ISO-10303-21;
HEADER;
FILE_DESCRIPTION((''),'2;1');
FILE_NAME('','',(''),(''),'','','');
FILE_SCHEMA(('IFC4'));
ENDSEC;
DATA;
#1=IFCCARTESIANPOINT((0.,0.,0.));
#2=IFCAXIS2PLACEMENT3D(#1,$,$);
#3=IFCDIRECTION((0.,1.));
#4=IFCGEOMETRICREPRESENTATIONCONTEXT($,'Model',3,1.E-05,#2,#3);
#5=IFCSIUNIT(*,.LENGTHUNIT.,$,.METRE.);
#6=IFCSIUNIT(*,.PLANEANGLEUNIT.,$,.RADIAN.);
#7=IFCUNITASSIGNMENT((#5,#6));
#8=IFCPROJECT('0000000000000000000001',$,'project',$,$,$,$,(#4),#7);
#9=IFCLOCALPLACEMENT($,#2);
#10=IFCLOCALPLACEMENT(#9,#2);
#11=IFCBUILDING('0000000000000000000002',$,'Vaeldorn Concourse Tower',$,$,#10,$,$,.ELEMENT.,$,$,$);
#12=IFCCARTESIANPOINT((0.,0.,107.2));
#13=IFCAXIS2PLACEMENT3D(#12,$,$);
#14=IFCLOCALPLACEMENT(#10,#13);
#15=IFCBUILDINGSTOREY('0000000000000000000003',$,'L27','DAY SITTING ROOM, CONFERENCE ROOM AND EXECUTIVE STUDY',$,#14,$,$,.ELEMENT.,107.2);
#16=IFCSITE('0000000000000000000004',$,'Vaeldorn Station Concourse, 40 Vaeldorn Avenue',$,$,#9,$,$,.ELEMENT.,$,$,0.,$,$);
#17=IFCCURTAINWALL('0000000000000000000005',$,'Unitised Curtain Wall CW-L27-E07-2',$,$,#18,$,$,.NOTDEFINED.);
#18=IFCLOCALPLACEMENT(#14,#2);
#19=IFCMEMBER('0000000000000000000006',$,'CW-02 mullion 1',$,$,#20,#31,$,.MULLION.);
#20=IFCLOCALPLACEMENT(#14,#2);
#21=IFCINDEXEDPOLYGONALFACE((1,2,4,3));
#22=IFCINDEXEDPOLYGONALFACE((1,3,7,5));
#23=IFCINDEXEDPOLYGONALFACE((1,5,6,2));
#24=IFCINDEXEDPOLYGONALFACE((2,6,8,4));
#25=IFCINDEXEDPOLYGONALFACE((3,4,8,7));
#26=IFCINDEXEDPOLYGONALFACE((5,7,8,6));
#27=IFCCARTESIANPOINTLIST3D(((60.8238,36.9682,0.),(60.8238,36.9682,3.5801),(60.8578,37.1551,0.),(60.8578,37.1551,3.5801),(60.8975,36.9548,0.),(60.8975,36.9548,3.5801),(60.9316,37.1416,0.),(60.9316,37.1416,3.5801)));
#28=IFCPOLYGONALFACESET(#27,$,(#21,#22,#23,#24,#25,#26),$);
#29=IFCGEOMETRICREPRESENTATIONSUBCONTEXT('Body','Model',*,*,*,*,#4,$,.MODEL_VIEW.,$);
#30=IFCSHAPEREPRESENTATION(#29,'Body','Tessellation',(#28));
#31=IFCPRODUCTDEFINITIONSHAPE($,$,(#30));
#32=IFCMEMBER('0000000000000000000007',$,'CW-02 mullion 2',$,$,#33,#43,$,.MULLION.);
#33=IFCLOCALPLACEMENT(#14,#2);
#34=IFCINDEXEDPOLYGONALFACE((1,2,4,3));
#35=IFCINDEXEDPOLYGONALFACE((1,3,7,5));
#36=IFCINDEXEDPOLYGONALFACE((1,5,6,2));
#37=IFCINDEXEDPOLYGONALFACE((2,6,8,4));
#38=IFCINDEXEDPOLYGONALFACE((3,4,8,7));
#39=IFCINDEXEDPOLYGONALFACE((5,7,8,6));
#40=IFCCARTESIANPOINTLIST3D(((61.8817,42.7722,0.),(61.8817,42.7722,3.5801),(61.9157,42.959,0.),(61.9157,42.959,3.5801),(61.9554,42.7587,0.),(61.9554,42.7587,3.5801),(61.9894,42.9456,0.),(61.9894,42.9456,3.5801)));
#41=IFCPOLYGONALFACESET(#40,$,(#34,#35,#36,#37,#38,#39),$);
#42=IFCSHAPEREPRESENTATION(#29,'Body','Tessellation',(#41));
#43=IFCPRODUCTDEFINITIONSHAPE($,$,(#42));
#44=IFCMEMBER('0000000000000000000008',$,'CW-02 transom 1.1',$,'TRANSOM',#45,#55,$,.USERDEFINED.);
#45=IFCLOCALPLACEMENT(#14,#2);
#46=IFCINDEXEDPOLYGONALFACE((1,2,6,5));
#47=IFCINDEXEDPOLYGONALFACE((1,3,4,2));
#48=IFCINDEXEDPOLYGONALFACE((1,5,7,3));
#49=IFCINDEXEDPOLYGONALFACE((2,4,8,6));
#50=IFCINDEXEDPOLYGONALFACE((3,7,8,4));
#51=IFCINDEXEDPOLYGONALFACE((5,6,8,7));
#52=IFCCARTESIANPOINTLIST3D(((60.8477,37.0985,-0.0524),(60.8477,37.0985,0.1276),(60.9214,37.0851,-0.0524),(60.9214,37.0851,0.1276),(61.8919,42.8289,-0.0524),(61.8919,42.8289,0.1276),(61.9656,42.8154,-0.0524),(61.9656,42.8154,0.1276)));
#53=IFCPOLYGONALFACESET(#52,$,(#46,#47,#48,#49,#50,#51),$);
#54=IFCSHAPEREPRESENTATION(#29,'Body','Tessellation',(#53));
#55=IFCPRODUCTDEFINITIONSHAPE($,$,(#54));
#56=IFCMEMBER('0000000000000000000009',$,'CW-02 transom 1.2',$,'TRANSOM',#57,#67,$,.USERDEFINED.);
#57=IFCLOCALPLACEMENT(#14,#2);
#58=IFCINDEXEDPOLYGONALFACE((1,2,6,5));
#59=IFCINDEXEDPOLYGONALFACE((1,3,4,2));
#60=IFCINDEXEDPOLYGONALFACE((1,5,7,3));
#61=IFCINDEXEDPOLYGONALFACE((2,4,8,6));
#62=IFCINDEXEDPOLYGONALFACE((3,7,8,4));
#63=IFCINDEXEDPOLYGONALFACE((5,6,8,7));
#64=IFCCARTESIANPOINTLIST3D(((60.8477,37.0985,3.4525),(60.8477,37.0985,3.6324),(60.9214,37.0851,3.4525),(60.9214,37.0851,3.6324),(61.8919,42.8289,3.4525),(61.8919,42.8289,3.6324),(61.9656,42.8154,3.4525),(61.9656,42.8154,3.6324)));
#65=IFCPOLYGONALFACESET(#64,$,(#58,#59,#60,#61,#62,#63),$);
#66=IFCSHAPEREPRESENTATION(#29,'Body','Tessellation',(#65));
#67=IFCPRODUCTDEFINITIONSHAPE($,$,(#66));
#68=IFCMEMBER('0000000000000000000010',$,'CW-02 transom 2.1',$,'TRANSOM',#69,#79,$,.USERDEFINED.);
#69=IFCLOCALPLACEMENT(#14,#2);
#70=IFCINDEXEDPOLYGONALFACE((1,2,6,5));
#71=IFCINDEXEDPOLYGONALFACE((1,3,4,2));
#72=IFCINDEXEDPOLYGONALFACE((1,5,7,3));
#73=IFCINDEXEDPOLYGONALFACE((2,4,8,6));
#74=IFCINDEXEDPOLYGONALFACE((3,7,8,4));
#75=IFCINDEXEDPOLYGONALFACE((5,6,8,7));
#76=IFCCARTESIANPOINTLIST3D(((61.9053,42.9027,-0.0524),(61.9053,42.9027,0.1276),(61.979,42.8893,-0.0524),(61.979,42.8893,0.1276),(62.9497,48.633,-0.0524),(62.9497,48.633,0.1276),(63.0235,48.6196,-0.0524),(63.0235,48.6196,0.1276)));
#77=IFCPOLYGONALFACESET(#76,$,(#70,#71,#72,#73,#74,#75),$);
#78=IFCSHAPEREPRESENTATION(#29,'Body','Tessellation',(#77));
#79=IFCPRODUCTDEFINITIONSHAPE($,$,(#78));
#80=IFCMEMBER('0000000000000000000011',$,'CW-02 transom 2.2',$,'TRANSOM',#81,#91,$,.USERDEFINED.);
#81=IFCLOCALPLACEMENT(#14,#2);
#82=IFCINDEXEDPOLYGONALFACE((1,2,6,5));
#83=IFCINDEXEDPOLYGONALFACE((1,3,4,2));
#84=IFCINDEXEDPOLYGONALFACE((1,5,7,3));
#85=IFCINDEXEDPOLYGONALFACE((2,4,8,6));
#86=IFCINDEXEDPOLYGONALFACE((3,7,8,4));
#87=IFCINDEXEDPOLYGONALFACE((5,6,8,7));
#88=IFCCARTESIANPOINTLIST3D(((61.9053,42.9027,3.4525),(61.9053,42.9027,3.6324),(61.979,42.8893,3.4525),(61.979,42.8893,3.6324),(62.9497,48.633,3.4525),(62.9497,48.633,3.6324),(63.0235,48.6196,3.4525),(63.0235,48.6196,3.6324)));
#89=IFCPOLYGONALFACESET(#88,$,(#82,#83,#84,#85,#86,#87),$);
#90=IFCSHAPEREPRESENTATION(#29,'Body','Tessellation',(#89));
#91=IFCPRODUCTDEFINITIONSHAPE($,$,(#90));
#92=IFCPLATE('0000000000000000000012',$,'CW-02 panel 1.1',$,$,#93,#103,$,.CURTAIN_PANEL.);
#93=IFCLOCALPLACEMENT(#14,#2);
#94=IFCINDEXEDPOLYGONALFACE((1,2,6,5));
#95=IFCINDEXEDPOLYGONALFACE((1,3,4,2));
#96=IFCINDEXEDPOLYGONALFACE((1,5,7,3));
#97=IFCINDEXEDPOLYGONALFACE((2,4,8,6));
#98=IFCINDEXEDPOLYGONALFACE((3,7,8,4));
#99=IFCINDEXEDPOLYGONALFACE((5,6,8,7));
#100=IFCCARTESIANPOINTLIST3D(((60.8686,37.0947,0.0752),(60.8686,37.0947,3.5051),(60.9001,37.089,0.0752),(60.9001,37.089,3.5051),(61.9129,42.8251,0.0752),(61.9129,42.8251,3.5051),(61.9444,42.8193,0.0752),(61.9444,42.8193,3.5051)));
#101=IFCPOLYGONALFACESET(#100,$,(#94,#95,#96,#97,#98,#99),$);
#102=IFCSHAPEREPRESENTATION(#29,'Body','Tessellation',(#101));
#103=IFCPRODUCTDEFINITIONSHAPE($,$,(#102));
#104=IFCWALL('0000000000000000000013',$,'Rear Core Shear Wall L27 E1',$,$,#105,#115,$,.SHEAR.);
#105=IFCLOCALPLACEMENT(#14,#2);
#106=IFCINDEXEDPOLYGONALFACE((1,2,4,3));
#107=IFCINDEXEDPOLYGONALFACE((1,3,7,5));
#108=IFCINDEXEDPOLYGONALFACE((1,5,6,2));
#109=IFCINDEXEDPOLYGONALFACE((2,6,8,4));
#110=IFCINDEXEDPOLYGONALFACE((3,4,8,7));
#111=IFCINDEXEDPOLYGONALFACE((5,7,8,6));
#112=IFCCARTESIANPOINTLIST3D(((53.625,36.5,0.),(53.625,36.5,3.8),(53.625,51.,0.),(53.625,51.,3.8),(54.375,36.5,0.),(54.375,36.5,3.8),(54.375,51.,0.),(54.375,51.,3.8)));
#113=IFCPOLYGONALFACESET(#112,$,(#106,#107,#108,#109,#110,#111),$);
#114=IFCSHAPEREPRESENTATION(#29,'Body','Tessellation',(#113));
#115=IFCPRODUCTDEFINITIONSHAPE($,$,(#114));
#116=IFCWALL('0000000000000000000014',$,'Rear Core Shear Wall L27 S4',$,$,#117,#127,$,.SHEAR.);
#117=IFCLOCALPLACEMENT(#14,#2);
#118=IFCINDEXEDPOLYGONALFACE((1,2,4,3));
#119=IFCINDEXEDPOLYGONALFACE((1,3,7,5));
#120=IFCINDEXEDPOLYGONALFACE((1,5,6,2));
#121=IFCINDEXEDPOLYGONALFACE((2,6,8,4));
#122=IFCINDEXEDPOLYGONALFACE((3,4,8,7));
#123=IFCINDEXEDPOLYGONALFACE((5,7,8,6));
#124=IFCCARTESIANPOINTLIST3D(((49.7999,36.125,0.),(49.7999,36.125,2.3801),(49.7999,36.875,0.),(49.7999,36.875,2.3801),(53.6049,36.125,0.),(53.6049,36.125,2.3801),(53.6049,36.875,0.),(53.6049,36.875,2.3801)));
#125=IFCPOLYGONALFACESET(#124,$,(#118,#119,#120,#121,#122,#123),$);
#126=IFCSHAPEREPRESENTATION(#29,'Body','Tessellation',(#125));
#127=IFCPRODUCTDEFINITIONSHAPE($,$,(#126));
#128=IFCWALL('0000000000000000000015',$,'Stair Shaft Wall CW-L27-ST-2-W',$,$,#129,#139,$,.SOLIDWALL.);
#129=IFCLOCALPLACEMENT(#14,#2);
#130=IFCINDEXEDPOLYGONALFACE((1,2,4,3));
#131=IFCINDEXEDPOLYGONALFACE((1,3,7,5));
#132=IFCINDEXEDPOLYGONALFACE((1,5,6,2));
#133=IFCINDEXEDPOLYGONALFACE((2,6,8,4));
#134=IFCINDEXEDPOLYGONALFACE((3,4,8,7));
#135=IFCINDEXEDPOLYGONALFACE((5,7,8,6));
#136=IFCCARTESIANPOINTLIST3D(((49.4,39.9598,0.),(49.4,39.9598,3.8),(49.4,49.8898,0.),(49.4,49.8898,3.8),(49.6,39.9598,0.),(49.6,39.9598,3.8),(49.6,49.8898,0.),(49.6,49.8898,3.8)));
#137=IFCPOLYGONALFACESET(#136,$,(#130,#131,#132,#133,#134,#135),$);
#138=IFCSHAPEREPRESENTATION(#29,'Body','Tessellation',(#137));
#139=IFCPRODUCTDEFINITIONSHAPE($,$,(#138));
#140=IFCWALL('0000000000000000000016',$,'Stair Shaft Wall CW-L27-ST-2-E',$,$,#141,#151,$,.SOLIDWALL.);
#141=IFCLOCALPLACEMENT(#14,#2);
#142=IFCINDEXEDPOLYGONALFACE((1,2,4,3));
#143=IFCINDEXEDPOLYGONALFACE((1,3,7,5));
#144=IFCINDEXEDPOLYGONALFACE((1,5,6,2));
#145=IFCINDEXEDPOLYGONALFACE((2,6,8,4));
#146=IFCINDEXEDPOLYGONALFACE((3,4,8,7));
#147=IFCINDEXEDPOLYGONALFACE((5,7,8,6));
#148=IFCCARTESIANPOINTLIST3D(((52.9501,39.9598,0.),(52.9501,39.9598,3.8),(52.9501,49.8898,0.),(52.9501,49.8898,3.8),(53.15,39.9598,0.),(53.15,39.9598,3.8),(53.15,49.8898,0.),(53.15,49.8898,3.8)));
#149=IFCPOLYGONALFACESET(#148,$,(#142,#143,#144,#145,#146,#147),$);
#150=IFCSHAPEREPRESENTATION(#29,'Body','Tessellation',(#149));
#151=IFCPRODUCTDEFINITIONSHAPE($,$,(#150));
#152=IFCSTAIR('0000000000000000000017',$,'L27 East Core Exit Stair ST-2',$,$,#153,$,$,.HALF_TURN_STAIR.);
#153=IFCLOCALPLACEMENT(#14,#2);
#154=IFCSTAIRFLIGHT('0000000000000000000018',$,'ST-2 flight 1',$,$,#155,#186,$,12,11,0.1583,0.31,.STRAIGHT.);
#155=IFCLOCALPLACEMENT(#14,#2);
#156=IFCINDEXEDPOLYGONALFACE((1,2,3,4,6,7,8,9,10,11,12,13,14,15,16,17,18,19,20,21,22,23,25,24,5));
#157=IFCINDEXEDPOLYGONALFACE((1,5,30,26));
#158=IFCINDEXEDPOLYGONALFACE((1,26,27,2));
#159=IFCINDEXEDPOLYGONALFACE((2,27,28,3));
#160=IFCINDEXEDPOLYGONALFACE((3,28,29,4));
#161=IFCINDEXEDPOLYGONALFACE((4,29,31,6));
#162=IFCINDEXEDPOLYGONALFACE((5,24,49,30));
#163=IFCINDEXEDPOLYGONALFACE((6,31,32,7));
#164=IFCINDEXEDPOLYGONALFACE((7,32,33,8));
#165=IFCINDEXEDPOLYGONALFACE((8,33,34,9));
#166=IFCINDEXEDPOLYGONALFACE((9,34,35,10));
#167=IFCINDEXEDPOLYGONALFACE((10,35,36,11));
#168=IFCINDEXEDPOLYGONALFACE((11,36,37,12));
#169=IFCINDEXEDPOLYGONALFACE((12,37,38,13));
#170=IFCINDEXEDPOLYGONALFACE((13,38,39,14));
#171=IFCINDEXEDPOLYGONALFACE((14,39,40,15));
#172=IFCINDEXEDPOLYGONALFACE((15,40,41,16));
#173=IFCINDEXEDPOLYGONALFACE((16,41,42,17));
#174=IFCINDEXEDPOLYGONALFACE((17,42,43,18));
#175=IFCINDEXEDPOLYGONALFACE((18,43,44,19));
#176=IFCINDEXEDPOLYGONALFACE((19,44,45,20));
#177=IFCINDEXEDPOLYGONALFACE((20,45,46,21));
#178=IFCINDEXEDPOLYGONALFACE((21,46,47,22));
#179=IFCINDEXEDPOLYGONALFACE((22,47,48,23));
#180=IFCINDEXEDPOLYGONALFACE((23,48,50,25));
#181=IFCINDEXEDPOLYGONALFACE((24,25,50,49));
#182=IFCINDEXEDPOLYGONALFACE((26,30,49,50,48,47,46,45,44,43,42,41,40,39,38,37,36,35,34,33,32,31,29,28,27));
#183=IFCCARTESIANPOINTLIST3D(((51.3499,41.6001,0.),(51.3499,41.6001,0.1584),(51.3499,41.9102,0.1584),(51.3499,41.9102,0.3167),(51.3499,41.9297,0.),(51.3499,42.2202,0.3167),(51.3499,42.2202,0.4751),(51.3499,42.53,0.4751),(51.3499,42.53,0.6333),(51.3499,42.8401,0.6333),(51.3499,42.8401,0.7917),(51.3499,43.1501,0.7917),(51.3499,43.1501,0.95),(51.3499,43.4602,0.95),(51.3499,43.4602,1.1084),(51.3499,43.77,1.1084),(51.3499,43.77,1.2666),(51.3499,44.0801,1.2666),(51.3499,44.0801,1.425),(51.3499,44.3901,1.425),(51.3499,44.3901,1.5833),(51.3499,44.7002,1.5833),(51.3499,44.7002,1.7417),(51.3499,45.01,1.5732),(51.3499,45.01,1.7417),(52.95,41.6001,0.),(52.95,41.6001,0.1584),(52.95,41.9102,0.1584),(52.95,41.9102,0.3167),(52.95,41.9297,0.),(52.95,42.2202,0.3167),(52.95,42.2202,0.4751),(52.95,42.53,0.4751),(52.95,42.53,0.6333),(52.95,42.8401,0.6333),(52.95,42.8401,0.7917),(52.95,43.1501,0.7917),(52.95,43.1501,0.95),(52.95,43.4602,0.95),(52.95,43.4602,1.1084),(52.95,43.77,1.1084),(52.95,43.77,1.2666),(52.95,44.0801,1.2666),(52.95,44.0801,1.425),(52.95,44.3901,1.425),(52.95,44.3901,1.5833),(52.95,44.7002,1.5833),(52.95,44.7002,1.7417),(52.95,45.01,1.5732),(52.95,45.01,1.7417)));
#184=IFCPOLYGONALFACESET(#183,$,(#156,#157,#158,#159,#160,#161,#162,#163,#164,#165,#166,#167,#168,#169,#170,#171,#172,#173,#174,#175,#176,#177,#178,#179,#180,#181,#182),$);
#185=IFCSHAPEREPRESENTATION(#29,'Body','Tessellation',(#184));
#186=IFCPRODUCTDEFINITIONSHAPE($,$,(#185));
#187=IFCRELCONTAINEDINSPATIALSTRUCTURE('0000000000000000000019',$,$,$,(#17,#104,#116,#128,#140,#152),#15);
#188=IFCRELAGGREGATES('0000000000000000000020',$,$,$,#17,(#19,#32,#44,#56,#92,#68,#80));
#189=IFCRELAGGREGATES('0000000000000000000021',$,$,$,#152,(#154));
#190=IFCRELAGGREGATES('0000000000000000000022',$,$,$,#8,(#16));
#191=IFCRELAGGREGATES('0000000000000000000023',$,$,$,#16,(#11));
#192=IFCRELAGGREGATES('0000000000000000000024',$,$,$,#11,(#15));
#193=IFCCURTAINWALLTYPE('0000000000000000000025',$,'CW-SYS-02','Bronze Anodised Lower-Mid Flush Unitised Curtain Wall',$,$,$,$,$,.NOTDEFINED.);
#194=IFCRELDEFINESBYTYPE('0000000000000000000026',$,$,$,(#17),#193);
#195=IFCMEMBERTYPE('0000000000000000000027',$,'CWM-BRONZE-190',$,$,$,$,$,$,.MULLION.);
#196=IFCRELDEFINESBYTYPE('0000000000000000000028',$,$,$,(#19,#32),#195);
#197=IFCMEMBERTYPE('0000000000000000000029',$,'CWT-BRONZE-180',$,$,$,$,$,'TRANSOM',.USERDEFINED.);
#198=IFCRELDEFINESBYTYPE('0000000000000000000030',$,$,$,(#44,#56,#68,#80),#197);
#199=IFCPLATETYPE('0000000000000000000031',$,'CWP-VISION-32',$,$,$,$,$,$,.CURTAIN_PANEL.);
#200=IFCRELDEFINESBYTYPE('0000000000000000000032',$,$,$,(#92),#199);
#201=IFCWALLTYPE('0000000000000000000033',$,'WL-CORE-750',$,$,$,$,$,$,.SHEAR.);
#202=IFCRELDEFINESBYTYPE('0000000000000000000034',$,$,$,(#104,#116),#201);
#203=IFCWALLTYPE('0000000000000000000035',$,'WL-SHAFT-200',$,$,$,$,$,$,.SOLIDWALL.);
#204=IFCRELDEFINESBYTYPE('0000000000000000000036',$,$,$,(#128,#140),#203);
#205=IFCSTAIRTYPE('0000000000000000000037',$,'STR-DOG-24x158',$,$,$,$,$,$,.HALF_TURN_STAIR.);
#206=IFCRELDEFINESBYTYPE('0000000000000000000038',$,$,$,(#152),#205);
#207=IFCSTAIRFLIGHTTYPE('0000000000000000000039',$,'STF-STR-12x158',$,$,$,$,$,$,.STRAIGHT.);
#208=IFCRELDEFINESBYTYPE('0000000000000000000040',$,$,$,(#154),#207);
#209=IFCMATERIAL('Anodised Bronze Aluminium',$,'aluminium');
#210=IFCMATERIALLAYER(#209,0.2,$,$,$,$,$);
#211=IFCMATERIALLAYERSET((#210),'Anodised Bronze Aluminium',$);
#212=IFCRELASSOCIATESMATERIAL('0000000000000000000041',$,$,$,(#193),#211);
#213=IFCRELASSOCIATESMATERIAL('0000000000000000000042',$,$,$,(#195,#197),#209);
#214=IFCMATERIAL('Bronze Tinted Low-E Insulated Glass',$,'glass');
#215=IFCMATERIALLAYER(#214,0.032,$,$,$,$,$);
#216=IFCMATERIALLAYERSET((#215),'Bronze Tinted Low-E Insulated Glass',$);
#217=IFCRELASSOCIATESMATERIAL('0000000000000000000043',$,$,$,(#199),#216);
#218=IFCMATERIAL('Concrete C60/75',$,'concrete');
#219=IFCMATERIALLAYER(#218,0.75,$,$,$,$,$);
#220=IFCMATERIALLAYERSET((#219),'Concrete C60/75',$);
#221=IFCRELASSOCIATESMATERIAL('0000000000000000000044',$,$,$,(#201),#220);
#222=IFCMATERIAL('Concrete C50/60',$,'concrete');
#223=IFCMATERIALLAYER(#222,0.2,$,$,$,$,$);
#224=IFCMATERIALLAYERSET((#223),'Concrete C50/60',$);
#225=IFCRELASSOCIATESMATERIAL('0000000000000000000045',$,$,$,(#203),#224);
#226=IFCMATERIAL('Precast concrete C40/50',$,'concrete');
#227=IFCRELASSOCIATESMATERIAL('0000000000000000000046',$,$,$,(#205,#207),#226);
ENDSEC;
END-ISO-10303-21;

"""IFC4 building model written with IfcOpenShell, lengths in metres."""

from ifc_helpers import new_model, si_unit, direction, frame, frame_2d, origin, origin_2d, place, context, subcontext, project, spatial, polyline, rectangle, outline, extrude, source, transform, mapped, material, layer, layer_set, material_profile, profile_set, type_object, element, aggregate, save


model = new_model("IFC4")

# Units and contexts
model_context = context("Model", 3, precision=1e-05, world=origin(), true_north=direction((0.0, 1.0)))
body_context = subcontext(model_context, "Body", "Model", "MODEL_VIEW")
ifc_project = project(units=[si_unit("LENGTHUNIT", "METRE"), si_unit("PLANEANGLEUNIT", "RADIAN")], contexts=[model_context])

# Site, building, storey
site_placement = place(None, origin())
site = spatial("IfcSite", under=ifc_project, at=site_placement, Name="Vaeldorn Station Concourse, 40 Vaeldorn Avenue", CompositionType="ELEMENT", RefElevation=0.0)
building_placement = place(site_placement, origin())
building = spatial("IfcBuilding", under=site, at=building_placement, Name="Vaeldorn Concourse Tower", CompositionType="ELEMENT")
storey_placement = place(building_placement, frame((0.0, 0.0, 107.2)))
storey = spatial("IfcBuildingStorey", under=building, at=storey_placement, Name="L27", Description="DAY SITTING ROOM, CONFERENCE ROOM AND EXECUTIVE STUDY", CompositionType="ELEMENT", Elevation=107.2)

# Shared definitions
ifc_material_1 = material(Name="Concrete C60/75", Category="concrete")

# Curtain wall, members, plate
ifc_material_2 = material(Name="Anodised Bronze Aluminium", Category="aluminium")
ifc_layer_1 = layer(ifc_material_2, 0.2)
ifc_layer_set_1 = layer_set([ifc_layer_1], Name="Anodised Bronze Aluminium")
curtain_wall_type = type_object("IfcCurtainWallType", Name="CW-SYS-02", Description="Bronze Anodised Lower-Mid Flush Unitised Curtain Wall", PredefinedType="NOTDEFINED", material=ifc_layer_set_1)
curtain_wall_placement = place(storey_placement, origin())
curtain_wall = element("IfcCurtainWall", 1, at=curtain_wall_placement, inside=storey, type_object=curtain_wall_type, Name="Unitised Curtain Wall CW-L27-E07-2", PredefinedType="NOTDEFINED")
ifc_material_profile_1 = material_profile(ifc_material_2, rectangle(XDim=0.075, YDim=0.1899, at=origin_2d()), Name="CWM 75x190")
ifc_profile_set_1 = profile_set([ifc_material_profile_1], Name="Anodised Bronze Aluminium")
member_type_1 = type_object("IfcMemberType", Name="CWM-BRONZE-190", PredefinedType="MULLION", material=ifc_profile_set_1)
shared_shape_1 = source(origin(), body_context, "Body", "SweptSolid", [
    extrude(rectangle(XDim=0.075, YDim=0.1899, at=origin_2d()), origin(), (0.0, 0.0, 1.0), 3.5801),
])
member_1_placement = place(storey_placement, frame((60.8777, 37.0549, 0.0), z_axis=(0.0, 0.0, 1.0), x_axis=(-0.983796, 0.179293, 0.0)))
member_1 = element("IfcMember", 2, at=member_1_placement, type_object=member_type_1, Name="CW-02 mullion 1", PredefinedType="MULLION", context=body_context, shape_type="MappedRepresentation", body=[
    mapped(shared_shape_1, transform((0.0, 0.0, 0.0), scale=1.0)),
])
member_2_placement = place(storey_placement, frame((61.9355, 42.8589, 0.0), z_axis=(0.0, 0.0, 1.0), x_axis=(-0.983796, 0.179293, 0.0)))
member_2 = element("IfcMember", 3, at=member_2_placement, type_object=member_type_1, Name="CW-02 mullion 2", PredefinedType="MULLION", context=body_context, shape_type="MappedRepresentation", body=[
    mapped(shared_shape_1, transform((0.0, 0.0, 0.0), scale=1.0)),
])
ifc_material_profile_2 = material_profile(ifc_material_2, rectangle(XDim=0.075, YDim=0.1799, at=origin_2d()), Name="CWT 75x180")
ifc_profile_set_2 = profile_set([ifc_material_profile_2], Name="Anodised Bronze Aluminium")
member_type_2 = type_object("IfcMemberType", Name="CWT-BRONZE-180", ElementType="TRANSOM", PredefinedType="USERDEFINED", material=ifc_profile_set_2)
shared_shape_2 = source(origin(), body_context, "Body", "SweptSolid", [
    extrude(rectangle(XDim=0.075, YDim=0.1799, at=origin_2d()), origin(), (0.0, 0.0, 1.0), 5.8247),
])
member_3_placement = place(storey_placement, frame((60.8845, 37.0918, 0.0376), z_axis=(0.179273, 0.983799, 0.0), x_axis=(-0.983799, 0.179273, 0.0)))
member_3 = element("IfcMember", 4, at=member_3_placement, type_object=member_type_2, Name="CW-02 transom 1.1", ObjectType="TRANSOM", PredefinedType="USERDEFINED", context=body_context, shape_type="MappedRepresentation", body=[
    mapped(shared_shape_2, transform((0.0, 0.0, 0.0), scale=1.0)),
])
member_4_placement = place(storey_placement, frame((60.8845, 37.0918, 3.5425), z_axis=(0.179273, 0.983799, 0.0), x_axis=(-0.983799, 0.179273, 0.0)))
member_4 = element("IfcMember", 5, at=member_4_placement, type_object=member_type_2, Name="CW-02 transom 1.2", ObjectType="TRANSOM", PredefinedType="USERDEFINED", context=body_context, shape_type="MappedRepresentation", body=[
    mapped(shared_shape_2, transform((0.0, 0.0, 0.0), scale=1.0)),
])
member_5_placement = place(storey_placement, frame((61.9421, 42.896, 0.0376), z_axis=(0.179313, 0.983792, 0.0), x_axis=(-0.983792, 0.179313, 0.0)))
member_5 = element("IfcMember", 6, at=member_5_placement, type_object=member_type_2, Name="CW-02 transom 2.1", ObjectType="TRANSOM", PredefinedType="USERDEFINED", context=body_context, shape_type="MappedRepresentation", body=[
    mapped(shared_shape_2, transform((0.0, 0.0, 0.0), scale=1.0)),
])
member_6_placement = place(storey_placement, frame((61.9421, 42.896, 3.5425), z_axis=(0.179313, 0.983792, 0.0), x_axis=(-0.983792, 0.179313, 0.0)))
member_6 = element("IfcMember", 7, at=member_6_placement, type_object=member_type_2, Name="CW-02 transom 2.2", ObjectType="TRANSOM", PredefinedType="USERDEFINED", context=body_context, shape_type="MappedRepresentation", body=[
    mapped(shared_shape_2, transform((0.0, 0.0, 0.0), scale=1.0)),
])
ifc_material_3 = material(Name="Bronze Tinted Low-E Insulated Glass", Category="glass")
ifc_layer_2 = layer(ifc_material_3, 0.032)
ifc_layer_set_2 = layer_set([ifc_layer_2], Name="Bronze Tinted Low-E Insulated Glass")
plate_type = type_object("IfcPlateType", Name="CWP-VISION-32", PredefinedType="CURTAIN_PANEL", material=ifc_layer_set_2)
shared_shape_3 = source(origin(), body_context, "Body", "SweptSolid", [
    extrude(rectangle(XDim=5.8247, YDim=0.032, at=origin_2d()), origin(), (0.0, 0.0, 1.0), 3.4299),
])
plate_placement = place(storey_placement, frame((61.4065, 39.957, 0.0752), z_axis=(0.0, 0.0, 1.0), x_axis=(0.179293, 0.983796, 0.0)))
plate = element("IfcPlate", 8, at=plate_placement, type_object=plate_type, Name="CW-02 panel 1.1", PredefinedType="CURTAIN_PANEL", context=body_context, shape_type="MappedRepresentation", body=[
    mapped(shared_shape_3, transform((0.0, 0.0, 0.0), scale=1.0)),
])
aggregate(curtain_wall, [member_1, member_2, member_3, member_4, plate, member_5, member_6])

# Walls
ifc_layer_3 = layer(ifc_material_1, 0.75)
ifc_layer_set_3 = layer_set([ifc_layer_3], Name="Concrete C60/75")
wall_type_1 = type_object("IfcWallType", Name="WL-CORE-750", PredefinedType="SHEAR", material=ifc_layer_set_3)
wall_1_placement = place(storey_placement, frame((54.0, 36.5, 0.0), z_axis=(0.0, 0.0, 1.0), x_axis=(0.0, 1.0, 0.0)))
element("IfcWall", 9, at=wall_1_placement, inside=storey, type_object=wall_type_1, Name="Rear Core Shear Wall L27 E1", PredefinedType="SHEAR", context=body_context, shape_type="SweptSolid", body=[
    extrude(rectangle(XDim=14.5, YDim=0.75, at=frame_2d((7.25, 0.0))), origin(), (0.0, 0.0, 1.0), 3.8),
])
wall_2_placement = place(storey_placement, frame((49.8, 36.5, 0.0), z_axis=(0.0, 0.0, 1.0), x_axis=(1.0, 0.0, 0.0)))
element("IfcWall", 10, at=wall_2_placement, inside=storey, type_object=wall_type_1, Name="Rear Core Shear Wall L27 S4", PredefinedType="SHEAR", context=body_context, shape_type="SweptSolid", body=[
    extrude(rectangle(XDim=3.8049, YDim=0.75, at=frame_2d((1.9023, 0.0))), origin(), (0.0, 0.0, 1.0), 2.3801),
])
ifc_material_4 = material(Name="Concrete C50/60", Category="concrete")
ifc_layer_4 = layer(ifc_material_4, 0.2)
ifc_layer_set_4 = layer_set([ifc_layer_4], Name="Concrete C50/60")
wall_type_2 = type_object("IfcWallType", Name="WL-SHAFT-200", PredefinedType="SOLIDWALL", material=ifc_layer_set_4)
for number, where, z_axis, x_axis, name in (
    (11, (49.5, 39.96, 0.0), (0.0, 0.0, 1.0), (0.0, 1.0, 0.0), "Stair Shaft Wall CW-L27-ST-2-W"),
    (12, (53.05, 39.96, 0.0), (0.0, 0.0, 1.0), (0.0, 1.0, 0.0), "Stair Shaft Wall CW-L27-ST-2-E"),
):
    element("IfcWall", number, at=place(storey_placement, frame(where, z_axis=z_axis, x_axis=x_axis)), inside=storey, type_object=wall_type_2, Name=name, PredefinedType="SOLIDWALL", context=body_context, shape_type="SweptSolid", body=[
        extrude(rectangle(XDim=9.9299, YDim=0.2, at=frame_2d((4.9648, 0.0))), origin(), (0.0, 0.0, 1.0), 3.8),
    ])

# Stair, stair flight
ifc_material_5 = material(Name="Precast concrete C40/50", Category="concrete")
stair_type = type_object("IfcStairType", Name="STR-DOG-24x158", PredefinedType="HALF_TURN_STAIR", material=ifc_material_5)
stair_placement = place(storey_placement, origin())
stair = element("IfcStair", 13, at=stair_placement, inside=storey, type_object=stair_type, Name="L27 East Core Exit Stair ST-2", PredefinedType="HALF_TURN_STAIR")
stair_flight_type = type_object("IfcStairFlightType", Name="STF-STR-12x158", PredefinedType="STRAIGHT", material=ifc_material_5)
stair_flight_placement = place(storey_placement, frame((52.1499, 41.6001, 0.0), z_axis=(0.0, 0.0, 1.0), x_axis=(0.0, 1.0, 0.0)))
stair_flight = element("IfcStairFlight", 14, at=stair_flight_placement, type_object=stair_flight_type, Name="ST-2 flight 1", NumberOfRisers=12, NumberOfTreads=11, PredefinedType="STRAIGHT", RiserHeight=0.1583, TreadLength=0.31, context=body_context, shape_type="SweptSolid", body=[
    extrude(outline(polyline([(0.0, 0.0), (0.0, 0.1584), (0.3101, 0.1584), (0.3101, 0.3167), (0.6201, 0.3167), (0.6201, 0.4751), (0.9299, 0.4751), (0.9299, 0.6333), (1.24, 0.6333), (1.24, 0.7917), (1.55, 0.7917), (1.55, 0.95), (1.8601, 0.95), (1.8601, 1.1084), (2.1699, 1.1084), (2.1699, 1.2666), (2.48, 1.2666), (2.48, 1.425), (2.79, 1.425), (2.79, 1.5833), (3.1001, 1.5833), (3.1001, 1.7417), (3.4099, 1.7417), (3.4099, 1.8999), (3.4099, 1.5732), (0.3296, 0.0), (0.0, 0.0)])), frame((0.0, 0.8, 0.0), z_axis=(0.0, -1.0, 0.0), x_axis=(1.0, 0.0, 0.0)), (0.0, 0.0, 1.0), 1.6001),
])
aggregate(stair, [stair_flight])

save(model, "model.ifc")
